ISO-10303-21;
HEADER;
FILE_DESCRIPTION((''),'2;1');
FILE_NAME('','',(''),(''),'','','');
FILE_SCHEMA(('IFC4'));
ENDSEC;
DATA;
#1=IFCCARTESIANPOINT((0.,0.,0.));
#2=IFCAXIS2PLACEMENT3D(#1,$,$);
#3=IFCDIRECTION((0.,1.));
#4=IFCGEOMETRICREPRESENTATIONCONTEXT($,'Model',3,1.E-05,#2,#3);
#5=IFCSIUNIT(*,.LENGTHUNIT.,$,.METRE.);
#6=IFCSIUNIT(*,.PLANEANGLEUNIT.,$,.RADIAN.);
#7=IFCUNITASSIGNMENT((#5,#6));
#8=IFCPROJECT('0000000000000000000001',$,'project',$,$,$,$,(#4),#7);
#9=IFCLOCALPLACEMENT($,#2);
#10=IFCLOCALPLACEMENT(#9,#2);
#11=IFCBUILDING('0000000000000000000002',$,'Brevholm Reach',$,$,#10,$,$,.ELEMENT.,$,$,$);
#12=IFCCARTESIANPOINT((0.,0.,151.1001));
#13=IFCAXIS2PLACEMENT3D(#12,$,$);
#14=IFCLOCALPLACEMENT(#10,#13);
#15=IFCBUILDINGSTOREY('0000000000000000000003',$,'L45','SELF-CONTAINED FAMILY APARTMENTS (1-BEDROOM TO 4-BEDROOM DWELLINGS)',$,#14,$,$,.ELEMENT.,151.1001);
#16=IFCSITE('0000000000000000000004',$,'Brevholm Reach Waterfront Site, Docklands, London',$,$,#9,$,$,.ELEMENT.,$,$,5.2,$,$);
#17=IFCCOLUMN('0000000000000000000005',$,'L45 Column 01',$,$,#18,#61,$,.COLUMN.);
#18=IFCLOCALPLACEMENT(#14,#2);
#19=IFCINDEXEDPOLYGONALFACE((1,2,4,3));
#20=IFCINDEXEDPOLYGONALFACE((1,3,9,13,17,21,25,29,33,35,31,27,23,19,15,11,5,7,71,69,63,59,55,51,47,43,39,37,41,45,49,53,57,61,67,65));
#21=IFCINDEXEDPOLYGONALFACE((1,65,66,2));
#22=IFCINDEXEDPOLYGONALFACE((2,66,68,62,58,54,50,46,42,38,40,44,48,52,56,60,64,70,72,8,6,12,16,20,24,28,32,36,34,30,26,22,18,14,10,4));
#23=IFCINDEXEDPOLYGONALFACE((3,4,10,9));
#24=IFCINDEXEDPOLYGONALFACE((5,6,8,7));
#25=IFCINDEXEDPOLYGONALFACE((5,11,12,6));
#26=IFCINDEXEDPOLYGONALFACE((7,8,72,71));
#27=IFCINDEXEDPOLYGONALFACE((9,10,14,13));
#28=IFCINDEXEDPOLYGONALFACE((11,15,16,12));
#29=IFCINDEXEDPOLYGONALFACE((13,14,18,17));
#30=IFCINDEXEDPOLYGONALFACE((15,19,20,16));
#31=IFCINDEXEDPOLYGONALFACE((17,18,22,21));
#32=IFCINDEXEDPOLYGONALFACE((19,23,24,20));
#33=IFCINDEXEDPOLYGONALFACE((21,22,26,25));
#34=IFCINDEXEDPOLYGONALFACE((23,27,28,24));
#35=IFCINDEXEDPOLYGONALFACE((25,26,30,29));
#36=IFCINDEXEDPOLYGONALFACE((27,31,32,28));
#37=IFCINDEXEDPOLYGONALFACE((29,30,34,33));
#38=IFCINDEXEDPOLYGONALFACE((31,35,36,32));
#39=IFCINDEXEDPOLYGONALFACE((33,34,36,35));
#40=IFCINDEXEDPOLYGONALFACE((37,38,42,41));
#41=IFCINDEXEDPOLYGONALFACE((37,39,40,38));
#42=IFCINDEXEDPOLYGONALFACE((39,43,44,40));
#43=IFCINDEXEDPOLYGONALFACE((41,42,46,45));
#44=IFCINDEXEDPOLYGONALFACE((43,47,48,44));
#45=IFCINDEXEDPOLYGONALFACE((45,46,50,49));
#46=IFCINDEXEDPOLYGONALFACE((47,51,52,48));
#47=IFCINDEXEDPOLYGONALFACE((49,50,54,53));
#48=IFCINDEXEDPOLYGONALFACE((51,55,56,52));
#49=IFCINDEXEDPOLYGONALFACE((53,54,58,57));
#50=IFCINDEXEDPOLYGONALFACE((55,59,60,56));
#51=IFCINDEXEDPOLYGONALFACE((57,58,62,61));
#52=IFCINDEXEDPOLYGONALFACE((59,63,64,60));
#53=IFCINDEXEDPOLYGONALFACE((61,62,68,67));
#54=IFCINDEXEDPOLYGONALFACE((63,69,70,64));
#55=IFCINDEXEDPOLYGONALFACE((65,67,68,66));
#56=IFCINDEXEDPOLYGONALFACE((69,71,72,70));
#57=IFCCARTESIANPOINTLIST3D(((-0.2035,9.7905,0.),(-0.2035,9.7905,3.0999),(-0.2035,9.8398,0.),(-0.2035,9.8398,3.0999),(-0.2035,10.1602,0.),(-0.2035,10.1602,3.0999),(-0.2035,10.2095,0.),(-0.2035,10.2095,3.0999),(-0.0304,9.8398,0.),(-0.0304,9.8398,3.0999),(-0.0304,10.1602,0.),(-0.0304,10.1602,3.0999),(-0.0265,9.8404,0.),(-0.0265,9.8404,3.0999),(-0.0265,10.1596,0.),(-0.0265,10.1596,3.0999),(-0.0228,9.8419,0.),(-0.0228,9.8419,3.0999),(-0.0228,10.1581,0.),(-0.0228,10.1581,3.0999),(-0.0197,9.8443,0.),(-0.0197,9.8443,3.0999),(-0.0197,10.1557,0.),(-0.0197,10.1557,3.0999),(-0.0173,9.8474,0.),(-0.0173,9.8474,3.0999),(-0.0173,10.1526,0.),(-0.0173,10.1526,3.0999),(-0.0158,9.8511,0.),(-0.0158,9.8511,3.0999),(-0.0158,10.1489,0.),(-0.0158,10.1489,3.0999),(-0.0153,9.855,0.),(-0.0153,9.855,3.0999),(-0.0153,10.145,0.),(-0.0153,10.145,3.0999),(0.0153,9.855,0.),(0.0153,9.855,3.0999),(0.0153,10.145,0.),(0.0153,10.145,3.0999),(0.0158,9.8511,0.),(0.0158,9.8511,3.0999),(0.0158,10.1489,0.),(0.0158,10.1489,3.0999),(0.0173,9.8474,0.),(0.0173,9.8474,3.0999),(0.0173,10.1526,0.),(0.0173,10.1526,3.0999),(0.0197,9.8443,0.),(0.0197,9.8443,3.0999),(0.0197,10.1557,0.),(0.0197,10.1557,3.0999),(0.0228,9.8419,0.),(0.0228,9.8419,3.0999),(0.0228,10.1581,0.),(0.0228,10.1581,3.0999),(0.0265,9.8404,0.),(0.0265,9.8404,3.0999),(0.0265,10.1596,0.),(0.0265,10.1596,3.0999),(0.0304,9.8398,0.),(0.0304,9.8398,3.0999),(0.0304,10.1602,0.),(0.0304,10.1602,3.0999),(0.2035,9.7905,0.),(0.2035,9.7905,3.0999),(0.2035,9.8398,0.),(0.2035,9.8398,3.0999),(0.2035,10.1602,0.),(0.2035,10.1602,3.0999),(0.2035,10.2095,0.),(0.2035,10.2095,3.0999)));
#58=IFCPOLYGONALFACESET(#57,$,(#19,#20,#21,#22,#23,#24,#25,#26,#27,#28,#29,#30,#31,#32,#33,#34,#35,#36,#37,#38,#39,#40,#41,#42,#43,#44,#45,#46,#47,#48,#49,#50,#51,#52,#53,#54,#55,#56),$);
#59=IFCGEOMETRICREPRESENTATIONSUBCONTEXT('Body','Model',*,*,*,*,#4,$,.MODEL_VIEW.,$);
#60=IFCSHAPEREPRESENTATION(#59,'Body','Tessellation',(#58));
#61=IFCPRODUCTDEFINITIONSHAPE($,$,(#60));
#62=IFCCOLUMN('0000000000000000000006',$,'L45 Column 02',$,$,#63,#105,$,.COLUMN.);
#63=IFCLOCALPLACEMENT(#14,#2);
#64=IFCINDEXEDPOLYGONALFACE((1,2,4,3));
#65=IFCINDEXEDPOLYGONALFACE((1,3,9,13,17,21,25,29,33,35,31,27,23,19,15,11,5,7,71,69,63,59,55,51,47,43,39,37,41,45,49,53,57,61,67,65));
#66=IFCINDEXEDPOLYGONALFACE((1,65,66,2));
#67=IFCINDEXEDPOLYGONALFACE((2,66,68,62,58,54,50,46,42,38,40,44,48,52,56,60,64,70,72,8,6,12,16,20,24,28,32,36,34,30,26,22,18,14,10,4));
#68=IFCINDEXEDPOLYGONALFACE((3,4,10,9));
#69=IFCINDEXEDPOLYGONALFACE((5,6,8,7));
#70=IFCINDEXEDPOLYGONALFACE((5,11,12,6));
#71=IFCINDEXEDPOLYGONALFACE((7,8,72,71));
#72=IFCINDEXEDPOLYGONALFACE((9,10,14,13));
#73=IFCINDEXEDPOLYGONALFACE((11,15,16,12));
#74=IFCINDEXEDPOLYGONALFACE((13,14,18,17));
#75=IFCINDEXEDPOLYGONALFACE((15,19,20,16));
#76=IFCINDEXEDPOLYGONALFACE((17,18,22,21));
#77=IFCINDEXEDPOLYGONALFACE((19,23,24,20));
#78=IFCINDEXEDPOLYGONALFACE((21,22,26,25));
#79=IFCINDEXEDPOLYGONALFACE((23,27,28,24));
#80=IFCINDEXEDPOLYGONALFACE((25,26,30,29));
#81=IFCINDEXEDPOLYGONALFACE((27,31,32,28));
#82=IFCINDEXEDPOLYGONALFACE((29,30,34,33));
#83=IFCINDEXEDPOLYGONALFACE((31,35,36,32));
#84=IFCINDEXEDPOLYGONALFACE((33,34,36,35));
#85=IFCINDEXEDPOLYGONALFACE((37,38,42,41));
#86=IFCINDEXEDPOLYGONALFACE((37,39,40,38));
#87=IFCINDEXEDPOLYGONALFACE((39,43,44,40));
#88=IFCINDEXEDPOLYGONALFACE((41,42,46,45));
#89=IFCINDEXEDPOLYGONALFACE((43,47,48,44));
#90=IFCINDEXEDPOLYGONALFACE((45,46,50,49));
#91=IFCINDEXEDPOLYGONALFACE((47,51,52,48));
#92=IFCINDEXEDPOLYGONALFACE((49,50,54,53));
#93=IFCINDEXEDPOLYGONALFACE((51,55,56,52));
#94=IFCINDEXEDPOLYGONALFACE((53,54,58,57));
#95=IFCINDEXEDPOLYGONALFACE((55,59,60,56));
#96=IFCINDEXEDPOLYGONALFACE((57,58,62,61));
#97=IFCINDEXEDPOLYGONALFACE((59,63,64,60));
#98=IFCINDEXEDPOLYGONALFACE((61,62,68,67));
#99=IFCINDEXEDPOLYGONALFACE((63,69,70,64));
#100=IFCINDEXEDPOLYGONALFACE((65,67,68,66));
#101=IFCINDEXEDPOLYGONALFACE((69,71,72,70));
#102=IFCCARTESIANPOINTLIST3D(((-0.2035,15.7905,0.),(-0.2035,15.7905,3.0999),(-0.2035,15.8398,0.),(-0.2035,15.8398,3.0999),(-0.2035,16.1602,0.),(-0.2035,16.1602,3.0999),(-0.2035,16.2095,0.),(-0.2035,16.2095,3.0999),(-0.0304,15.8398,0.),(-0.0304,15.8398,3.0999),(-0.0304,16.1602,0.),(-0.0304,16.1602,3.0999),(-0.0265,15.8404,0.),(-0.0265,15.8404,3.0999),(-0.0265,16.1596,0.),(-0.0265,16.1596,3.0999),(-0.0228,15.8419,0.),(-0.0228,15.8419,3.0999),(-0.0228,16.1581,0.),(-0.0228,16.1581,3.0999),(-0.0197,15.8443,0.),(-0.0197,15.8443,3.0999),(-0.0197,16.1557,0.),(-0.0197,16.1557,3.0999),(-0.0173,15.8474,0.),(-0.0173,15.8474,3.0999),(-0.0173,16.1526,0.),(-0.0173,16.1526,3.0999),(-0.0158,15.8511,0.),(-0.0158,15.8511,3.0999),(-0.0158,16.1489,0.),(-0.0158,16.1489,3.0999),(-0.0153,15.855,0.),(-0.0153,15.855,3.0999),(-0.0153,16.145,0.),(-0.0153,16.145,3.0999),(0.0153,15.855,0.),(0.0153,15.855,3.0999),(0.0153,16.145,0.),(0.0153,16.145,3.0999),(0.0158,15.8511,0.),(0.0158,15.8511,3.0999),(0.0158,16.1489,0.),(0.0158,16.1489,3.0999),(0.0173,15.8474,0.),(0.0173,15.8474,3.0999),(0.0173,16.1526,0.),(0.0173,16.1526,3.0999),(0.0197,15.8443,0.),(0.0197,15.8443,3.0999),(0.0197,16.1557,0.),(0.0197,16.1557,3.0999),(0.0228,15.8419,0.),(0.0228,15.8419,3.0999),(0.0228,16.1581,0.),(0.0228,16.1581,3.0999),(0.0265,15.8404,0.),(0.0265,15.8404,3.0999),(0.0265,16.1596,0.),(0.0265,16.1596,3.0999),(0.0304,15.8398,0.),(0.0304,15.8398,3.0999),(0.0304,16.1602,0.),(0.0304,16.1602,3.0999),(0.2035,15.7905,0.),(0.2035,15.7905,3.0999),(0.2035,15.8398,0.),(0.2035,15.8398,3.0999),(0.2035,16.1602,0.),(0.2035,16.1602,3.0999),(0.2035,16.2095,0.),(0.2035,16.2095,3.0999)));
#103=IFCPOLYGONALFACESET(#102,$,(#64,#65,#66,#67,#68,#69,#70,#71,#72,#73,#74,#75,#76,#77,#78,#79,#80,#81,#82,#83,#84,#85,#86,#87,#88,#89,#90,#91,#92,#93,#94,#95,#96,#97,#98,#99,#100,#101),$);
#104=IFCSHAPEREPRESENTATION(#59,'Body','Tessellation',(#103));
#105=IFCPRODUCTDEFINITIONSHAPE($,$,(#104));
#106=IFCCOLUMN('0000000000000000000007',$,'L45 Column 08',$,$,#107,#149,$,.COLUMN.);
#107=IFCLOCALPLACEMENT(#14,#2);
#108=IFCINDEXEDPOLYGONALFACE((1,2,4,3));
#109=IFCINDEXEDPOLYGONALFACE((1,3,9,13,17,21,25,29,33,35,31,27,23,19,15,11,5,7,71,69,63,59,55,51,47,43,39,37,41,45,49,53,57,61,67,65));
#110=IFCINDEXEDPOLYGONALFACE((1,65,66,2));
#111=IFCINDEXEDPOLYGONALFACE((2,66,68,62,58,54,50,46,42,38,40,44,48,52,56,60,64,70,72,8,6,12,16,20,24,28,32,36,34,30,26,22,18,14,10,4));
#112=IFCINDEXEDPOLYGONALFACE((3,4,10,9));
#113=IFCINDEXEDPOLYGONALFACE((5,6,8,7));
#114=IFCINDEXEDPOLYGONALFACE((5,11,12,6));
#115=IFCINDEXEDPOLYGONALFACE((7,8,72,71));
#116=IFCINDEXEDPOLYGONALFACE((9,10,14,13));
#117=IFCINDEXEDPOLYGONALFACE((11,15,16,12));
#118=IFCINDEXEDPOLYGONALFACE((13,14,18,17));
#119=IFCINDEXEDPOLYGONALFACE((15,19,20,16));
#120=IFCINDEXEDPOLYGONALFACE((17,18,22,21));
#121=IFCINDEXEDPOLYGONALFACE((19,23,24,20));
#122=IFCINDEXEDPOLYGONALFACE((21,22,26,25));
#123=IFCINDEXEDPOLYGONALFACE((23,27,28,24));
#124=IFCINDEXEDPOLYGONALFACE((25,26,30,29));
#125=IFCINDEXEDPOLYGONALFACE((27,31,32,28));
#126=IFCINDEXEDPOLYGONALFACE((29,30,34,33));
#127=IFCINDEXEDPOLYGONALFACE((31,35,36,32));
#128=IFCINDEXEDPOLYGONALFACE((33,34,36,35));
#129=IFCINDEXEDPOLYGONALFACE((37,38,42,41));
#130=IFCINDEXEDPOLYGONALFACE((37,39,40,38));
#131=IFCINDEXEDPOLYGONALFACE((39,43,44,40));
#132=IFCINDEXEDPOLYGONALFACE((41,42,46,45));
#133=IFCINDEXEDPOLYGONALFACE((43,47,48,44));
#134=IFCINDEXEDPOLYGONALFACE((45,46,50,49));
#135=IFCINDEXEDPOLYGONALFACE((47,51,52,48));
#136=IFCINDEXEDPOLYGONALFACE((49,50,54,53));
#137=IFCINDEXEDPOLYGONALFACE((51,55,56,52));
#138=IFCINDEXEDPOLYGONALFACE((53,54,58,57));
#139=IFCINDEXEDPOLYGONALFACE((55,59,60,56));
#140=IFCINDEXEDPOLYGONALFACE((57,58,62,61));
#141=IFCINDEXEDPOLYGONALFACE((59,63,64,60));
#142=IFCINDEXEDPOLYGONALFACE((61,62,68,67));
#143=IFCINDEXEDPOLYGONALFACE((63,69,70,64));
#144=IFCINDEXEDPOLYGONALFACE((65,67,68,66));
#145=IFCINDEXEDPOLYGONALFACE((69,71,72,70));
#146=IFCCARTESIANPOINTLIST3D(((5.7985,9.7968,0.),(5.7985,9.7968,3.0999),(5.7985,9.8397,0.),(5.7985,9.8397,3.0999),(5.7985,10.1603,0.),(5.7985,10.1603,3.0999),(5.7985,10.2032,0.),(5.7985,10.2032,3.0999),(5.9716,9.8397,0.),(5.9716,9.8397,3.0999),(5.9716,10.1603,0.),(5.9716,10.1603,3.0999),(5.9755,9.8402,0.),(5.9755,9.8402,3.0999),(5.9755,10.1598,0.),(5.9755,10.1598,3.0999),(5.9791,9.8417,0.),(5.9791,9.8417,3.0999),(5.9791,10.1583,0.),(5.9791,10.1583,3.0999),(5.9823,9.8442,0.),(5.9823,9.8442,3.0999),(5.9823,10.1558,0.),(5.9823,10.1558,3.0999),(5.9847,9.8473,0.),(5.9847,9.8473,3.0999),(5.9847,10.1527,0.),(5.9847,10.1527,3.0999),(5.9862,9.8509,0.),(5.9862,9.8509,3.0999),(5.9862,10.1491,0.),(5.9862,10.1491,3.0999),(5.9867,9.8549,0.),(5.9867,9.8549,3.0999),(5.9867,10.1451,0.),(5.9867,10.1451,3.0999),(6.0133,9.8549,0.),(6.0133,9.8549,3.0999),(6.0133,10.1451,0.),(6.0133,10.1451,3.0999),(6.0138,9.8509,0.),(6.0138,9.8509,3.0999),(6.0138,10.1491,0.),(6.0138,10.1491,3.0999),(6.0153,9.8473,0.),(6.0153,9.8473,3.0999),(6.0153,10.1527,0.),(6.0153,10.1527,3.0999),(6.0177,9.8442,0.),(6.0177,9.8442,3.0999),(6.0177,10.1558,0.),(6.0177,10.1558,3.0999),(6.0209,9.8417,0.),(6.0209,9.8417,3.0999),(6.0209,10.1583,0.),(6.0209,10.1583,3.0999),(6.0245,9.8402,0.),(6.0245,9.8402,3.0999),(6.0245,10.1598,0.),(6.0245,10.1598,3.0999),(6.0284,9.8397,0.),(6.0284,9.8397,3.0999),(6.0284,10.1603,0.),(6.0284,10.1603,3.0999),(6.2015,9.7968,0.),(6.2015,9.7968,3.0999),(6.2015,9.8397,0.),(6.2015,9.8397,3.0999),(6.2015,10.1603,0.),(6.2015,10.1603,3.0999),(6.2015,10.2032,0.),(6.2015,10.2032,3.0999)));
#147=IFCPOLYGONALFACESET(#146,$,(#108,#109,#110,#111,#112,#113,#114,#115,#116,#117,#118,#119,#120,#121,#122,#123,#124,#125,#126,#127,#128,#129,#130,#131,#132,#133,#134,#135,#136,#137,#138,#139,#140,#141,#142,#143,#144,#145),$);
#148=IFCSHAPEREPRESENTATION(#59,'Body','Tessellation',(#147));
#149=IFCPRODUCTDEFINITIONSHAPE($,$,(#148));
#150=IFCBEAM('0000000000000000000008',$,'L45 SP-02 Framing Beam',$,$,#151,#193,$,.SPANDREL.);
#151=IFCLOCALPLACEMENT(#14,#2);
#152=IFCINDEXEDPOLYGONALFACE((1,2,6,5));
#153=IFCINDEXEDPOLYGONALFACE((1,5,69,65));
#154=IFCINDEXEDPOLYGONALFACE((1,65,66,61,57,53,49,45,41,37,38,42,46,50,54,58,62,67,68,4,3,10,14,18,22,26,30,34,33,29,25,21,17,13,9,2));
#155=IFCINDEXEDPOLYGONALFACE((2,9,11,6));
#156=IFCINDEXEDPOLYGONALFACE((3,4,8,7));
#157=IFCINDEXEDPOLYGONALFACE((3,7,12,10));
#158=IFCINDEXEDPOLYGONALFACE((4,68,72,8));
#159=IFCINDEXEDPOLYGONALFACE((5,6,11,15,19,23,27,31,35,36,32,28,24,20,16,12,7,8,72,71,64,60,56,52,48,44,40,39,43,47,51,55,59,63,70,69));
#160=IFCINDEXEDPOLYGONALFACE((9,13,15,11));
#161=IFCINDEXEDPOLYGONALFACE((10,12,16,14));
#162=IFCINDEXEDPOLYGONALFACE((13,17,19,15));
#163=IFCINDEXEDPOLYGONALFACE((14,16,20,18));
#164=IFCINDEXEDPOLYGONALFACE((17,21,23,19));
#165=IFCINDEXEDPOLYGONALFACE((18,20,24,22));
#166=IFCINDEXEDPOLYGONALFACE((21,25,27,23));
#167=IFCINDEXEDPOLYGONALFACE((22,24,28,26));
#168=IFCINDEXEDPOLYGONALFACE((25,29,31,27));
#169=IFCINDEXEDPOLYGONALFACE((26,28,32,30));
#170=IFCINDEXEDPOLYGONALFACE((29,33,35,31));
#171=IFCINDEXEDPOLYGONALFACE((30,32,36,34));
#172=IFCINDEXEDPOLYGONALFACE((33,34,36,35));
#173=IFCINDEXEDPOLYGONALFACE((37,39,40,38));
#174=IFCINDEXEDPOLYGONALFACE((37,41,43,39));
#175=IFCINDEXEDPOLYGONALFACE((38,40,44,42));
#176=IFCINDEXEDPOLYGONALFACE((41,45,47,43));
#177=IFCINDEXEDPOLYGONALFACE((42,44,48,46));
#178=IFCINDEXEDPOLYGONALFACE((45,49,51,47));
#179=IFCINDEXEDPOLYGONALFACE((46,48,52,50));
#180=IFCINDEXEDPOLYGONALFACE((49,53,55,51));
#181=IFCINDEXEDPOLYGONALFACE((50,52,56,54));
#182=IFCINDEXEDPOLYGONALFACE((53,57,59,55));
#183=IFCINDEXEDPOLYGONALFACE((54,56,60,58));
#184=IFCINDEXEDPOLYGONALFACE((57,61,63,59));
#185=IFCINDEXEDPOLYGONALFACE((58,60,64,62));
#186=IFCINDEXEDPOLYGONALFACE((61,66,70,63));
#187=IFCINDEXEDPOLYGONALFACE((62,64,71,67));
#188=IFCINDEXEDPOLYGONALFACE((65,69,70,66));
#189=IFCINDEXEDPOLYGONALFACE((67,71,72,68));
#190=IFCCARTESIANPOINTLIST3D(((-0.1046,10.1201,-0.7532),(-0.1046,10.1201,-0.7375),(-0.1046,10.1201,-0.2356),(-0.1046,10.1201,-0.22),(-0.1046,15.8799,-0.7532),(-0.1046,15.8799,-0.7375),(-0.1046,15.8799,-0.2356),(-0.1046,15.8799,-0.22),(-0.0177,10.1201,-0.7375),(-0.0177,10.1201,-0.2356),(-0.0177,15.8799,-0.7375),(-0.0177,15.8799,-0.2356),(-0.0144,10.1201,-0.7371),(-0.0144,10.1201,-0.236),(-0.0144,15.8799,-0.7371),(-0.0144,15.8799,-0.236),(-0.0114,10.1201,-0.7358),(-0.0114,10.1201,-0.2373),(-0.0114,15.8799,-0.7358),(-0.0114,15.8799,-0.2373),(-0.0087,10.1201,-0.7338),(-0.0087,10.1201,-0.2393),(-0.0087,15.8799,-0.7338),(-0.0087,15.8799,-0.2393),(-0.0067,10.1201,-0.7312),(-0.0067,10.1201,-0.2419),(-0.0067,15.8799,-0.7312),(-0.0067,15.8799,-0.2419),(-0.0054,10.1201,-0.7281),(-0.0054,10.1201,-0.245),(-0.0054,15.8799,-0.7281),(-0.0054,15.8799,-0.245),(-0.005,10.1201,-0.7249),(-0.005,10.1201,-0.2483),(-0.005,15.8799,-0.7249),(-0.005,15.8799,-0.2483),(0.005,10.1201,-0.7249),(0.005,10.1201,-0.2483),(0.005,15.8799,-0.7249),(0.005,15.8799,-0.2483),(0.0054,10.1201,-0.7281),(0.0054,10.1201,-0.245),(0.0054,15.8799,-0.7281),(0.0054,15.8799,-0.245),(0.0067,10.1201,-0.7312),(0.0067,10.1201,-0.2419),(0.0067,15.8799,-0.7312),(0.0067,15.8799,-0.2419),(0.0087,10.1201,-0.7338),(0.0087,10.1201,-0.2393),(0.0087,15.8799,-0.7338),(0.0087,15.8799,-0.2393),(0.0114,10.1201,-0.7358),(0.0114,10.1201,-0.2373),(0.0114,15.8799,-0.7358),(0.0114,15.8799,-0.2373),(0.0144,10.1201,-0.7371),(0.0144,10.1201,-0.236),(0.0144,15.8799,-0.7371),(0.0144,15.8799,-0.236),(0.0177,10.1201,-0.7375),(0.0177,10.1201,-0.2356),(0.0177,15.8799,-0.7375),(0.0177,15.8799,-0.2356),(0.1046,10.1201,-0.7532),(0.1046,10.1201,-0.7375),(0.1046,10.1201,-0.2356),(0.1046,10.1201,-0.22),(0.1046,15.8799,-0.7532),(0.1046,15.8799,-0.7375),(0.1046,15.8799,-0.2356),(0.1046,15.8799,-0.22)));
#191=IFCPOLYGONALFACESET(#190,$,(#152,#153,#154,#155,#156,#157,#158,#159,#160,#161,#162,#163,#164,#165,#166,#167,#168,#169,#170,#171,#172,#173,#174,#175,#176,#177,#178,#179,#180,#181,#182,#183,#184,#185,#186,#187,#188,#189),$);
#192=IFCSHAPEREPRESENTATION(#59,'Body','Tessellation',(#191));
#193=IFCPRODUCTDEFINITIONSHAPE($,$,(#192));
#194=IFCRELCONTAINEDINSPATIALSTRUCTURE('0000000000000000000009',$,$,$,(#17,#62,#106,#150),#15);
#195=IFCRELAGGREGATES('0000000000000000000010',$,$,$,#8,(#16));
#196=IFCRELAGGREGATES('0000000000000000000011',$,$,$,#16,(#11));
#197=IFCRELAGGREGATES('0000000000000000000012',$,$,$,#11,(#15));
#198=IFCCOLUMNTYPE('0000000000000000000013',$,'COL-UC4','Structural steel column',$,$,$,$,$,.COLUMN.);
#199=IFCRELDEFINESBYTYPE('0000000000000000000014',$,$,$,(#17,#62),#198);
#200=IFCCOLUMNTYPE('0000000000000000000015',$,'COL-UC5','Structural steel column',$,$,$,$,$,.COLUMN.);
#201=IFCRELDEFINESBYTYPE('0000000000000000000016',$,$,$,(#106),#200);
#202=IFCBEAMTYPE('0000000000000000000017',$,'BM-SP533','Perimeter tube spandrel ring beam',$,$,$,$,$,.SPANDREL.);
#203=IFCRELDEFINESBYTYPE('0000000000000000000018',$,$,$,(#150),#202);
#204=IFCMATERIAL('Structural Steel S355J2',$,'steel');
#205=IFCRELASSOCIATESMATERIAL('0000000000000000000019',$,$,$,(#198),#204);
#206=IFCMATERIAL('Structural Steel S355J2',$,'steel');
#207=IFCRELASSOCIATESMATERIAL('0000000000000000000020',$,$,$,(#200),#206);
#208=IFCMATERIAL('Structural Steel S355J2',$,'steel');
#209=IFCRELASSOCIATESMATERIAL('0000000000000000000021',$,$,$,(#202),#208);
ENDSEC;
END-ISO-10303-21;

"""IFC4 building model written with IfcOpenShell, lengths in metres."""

from ifc_helpers import new_model, si_unit, direction, frame, origin, origin_2d, place, context, subcontext, project, spatial, i_section, extrude, material, material_profile, profile_set, type_object, element, save


model = new_model("IFC4")

# Units and contexts
model_context = context("Model", 3, precision=1e-05, world=origin(), true_north=direction((0.0, 1.0)))
body_context = subcontext(model_context, "Body", "Model", "MODEL_VIEW")
ifc_project = project(units=[si_unit("LENGTHUNIT", "METRE"), si_unit("PLANEANGLEUNIT", "RADIAN")], contexts=[model_context])

# Site, building, storey
site_placement = place(None, origin())
site = spatial("IfcSite", under=ifc_project, at=site_placement, Name="Brevholm Reach Waterfront Site, Docklands, London", CompositionType="ELEMENT", RefElevation=5.2)
building_placement = place(site_placement, origin())
building = spatial("IfcBuilding", under=site, at=building_placement, Name="Brevholm Reach", CompositionType="ELEMENT")
storey_placement = place(building_placement, frame((0.0, 0.0, 151.1001)))
storey = spatial("IfcBuildingStorey", under=building, at=storey_placement, Name="L45", Description="SELF-CONTAINED FAMILY APARTMENTS (1-BEDROOM TO 4-BEDROOM DWELLINGS)", CompositionType="ELEMENT", Elevation=151.1001)

# Columns
ifc_material_1 = material(Name="Structural Steel S355J2", Category="steel")
ifc_material_profile_1 = material_profile(ifc_material_1, i_section(OverallWidth=0.407, OverallDepth=0.4189, WebThickness=0.0305, FlangeThickness=0.0493, FilletRadius=0.0151, at=origin_2d()), Name="UKC 356x406x393")
ifc_profile_set_1 = profile_set([ifc_material_profile_1], Name="Structural Steel S355J2")
column_type_1 = type_object("IfcColumnType", Name="COL-UC4", Description="Structural steel column", PredefinedType="COLUMN", material=ifc_profile_set_1)
for number, where, z_axis, x_axis, name in (
    (1, (0.0, 10.0, 0.0), (0.0, 0.0, 1.0), (1.0, 0.0, 0.0), "L45 Column 01"),
    (2, (0.0, 16.0, 0.0), (0.0, 0.0, 1.0), (1.0, 0.0, 0.0), "L45 Column 02"),
):
    element("IfcColumn", number, at=place(storey_placement, frame(where, z_axis=z_axis, x_axis=x_axis)), inside=storey, type_object=column_type_1, Name=name, PredefinedType="COLUMN", context=body_context, shape_type="SweptSolid", body=[
        extrude(i_section(OverallWidth=0.407, OverallDepth=0.4189, WebThickness=0.0305, FlangeThickness=0.0493, FilletRadius=0.0151, at=origin_2d()), origin(), (0.0, 0.0, 1.0), 3.0999),
    ])
ifc_material_2 = material(Name="Structural Steel S355J2", Category="steel")
ifc_material_profile_2 = material_profile(ifc_material_2, i_section(OverallWidth=0.4031, OverallDepth=0.4065, WebThickness=0.0266, FlangeThickness=0.043, FilletRadius=0.0151, at=origin_2d()), Name="UKC 356x406x340")
ifc_profile_set_2 = profile_set([ifc_material_profile_2], Name="Structural Steel S355J2")
column_type_2 = type_object("IfcColumnType", Name="COL-UC5", Description="Structural steel column", PredefinedType="COLUMN", material=ifc_profile_set_2)
column_placement = place(storey_placement, frame((6.0, 10.0, 0.0), z_axis=(0.0, 0.0, 1.0), x_axis=(1.0, 0.0, 0.0)))
element("IfcColumn", 3, at=column_placement, inside=storey, type_object=column_type_2, Name="L45 Column 08", PredefinedType="COLUMN", context=body_context, shape_type="SweptSolid", body=[
    extrude(i_section(OverallWidth=0.4031, OverallDepth=0.4065, WebThickness=0.0266, FlangeThickness=0.043, FilletRadius=0.0151, at=origin_2d()), origin(), (0.0, 0.0, 1.0), 3.0999),
])

# Beam
ifc_material_3 = material(Name="Structural Steel S355J2", Category="steel")
ifc_material_profile_3 = material_profile(ifc_material_3, i_section(OverallWidth=0.2092, OverallDepth=0.5332, WebThickness=0.01, FlangeThickness=0.0156, FilletRadius=0.0127, at=origin_2d()), Name="UKB 533x210x92")
ifc_profile_set_3 = profile_set([ifc_material_profile_3], Name="Structural Steel S355J2")
beam_type_1 = type_object("IfcBeamType", Name="BM-SP533", Description="Perimeter tube spandrel ring beam", PredefinedType="SPANDREL", material=ifc_profile_set_3)
beam_placement = place(storey_placement, frame((0.0, 10.1201, -0.4866), z_axis=(0.0, 1.0, 0.0), x_axis=(-1.0, 0.0, 0.0)))
element("IfcBeam", 4, at=beam_placement, inside=storey, type_object=beam_type_1, Name="L45 SP-02 Framing Beam", PredefinedType="SPANDREL", context=body_context, shape_type="SweptSolid", body=[
    extrude(i_section(OverallWidth=0.2092, OverallDepth=0.5332, WebThickness=0.01, FlangeThickness=0.0156, FilletRadius=0.0127, at=origin_2d()), origin(), (0.0, 0.0, 1.0), 5.7598),
])

save(model, "model.ifc")
